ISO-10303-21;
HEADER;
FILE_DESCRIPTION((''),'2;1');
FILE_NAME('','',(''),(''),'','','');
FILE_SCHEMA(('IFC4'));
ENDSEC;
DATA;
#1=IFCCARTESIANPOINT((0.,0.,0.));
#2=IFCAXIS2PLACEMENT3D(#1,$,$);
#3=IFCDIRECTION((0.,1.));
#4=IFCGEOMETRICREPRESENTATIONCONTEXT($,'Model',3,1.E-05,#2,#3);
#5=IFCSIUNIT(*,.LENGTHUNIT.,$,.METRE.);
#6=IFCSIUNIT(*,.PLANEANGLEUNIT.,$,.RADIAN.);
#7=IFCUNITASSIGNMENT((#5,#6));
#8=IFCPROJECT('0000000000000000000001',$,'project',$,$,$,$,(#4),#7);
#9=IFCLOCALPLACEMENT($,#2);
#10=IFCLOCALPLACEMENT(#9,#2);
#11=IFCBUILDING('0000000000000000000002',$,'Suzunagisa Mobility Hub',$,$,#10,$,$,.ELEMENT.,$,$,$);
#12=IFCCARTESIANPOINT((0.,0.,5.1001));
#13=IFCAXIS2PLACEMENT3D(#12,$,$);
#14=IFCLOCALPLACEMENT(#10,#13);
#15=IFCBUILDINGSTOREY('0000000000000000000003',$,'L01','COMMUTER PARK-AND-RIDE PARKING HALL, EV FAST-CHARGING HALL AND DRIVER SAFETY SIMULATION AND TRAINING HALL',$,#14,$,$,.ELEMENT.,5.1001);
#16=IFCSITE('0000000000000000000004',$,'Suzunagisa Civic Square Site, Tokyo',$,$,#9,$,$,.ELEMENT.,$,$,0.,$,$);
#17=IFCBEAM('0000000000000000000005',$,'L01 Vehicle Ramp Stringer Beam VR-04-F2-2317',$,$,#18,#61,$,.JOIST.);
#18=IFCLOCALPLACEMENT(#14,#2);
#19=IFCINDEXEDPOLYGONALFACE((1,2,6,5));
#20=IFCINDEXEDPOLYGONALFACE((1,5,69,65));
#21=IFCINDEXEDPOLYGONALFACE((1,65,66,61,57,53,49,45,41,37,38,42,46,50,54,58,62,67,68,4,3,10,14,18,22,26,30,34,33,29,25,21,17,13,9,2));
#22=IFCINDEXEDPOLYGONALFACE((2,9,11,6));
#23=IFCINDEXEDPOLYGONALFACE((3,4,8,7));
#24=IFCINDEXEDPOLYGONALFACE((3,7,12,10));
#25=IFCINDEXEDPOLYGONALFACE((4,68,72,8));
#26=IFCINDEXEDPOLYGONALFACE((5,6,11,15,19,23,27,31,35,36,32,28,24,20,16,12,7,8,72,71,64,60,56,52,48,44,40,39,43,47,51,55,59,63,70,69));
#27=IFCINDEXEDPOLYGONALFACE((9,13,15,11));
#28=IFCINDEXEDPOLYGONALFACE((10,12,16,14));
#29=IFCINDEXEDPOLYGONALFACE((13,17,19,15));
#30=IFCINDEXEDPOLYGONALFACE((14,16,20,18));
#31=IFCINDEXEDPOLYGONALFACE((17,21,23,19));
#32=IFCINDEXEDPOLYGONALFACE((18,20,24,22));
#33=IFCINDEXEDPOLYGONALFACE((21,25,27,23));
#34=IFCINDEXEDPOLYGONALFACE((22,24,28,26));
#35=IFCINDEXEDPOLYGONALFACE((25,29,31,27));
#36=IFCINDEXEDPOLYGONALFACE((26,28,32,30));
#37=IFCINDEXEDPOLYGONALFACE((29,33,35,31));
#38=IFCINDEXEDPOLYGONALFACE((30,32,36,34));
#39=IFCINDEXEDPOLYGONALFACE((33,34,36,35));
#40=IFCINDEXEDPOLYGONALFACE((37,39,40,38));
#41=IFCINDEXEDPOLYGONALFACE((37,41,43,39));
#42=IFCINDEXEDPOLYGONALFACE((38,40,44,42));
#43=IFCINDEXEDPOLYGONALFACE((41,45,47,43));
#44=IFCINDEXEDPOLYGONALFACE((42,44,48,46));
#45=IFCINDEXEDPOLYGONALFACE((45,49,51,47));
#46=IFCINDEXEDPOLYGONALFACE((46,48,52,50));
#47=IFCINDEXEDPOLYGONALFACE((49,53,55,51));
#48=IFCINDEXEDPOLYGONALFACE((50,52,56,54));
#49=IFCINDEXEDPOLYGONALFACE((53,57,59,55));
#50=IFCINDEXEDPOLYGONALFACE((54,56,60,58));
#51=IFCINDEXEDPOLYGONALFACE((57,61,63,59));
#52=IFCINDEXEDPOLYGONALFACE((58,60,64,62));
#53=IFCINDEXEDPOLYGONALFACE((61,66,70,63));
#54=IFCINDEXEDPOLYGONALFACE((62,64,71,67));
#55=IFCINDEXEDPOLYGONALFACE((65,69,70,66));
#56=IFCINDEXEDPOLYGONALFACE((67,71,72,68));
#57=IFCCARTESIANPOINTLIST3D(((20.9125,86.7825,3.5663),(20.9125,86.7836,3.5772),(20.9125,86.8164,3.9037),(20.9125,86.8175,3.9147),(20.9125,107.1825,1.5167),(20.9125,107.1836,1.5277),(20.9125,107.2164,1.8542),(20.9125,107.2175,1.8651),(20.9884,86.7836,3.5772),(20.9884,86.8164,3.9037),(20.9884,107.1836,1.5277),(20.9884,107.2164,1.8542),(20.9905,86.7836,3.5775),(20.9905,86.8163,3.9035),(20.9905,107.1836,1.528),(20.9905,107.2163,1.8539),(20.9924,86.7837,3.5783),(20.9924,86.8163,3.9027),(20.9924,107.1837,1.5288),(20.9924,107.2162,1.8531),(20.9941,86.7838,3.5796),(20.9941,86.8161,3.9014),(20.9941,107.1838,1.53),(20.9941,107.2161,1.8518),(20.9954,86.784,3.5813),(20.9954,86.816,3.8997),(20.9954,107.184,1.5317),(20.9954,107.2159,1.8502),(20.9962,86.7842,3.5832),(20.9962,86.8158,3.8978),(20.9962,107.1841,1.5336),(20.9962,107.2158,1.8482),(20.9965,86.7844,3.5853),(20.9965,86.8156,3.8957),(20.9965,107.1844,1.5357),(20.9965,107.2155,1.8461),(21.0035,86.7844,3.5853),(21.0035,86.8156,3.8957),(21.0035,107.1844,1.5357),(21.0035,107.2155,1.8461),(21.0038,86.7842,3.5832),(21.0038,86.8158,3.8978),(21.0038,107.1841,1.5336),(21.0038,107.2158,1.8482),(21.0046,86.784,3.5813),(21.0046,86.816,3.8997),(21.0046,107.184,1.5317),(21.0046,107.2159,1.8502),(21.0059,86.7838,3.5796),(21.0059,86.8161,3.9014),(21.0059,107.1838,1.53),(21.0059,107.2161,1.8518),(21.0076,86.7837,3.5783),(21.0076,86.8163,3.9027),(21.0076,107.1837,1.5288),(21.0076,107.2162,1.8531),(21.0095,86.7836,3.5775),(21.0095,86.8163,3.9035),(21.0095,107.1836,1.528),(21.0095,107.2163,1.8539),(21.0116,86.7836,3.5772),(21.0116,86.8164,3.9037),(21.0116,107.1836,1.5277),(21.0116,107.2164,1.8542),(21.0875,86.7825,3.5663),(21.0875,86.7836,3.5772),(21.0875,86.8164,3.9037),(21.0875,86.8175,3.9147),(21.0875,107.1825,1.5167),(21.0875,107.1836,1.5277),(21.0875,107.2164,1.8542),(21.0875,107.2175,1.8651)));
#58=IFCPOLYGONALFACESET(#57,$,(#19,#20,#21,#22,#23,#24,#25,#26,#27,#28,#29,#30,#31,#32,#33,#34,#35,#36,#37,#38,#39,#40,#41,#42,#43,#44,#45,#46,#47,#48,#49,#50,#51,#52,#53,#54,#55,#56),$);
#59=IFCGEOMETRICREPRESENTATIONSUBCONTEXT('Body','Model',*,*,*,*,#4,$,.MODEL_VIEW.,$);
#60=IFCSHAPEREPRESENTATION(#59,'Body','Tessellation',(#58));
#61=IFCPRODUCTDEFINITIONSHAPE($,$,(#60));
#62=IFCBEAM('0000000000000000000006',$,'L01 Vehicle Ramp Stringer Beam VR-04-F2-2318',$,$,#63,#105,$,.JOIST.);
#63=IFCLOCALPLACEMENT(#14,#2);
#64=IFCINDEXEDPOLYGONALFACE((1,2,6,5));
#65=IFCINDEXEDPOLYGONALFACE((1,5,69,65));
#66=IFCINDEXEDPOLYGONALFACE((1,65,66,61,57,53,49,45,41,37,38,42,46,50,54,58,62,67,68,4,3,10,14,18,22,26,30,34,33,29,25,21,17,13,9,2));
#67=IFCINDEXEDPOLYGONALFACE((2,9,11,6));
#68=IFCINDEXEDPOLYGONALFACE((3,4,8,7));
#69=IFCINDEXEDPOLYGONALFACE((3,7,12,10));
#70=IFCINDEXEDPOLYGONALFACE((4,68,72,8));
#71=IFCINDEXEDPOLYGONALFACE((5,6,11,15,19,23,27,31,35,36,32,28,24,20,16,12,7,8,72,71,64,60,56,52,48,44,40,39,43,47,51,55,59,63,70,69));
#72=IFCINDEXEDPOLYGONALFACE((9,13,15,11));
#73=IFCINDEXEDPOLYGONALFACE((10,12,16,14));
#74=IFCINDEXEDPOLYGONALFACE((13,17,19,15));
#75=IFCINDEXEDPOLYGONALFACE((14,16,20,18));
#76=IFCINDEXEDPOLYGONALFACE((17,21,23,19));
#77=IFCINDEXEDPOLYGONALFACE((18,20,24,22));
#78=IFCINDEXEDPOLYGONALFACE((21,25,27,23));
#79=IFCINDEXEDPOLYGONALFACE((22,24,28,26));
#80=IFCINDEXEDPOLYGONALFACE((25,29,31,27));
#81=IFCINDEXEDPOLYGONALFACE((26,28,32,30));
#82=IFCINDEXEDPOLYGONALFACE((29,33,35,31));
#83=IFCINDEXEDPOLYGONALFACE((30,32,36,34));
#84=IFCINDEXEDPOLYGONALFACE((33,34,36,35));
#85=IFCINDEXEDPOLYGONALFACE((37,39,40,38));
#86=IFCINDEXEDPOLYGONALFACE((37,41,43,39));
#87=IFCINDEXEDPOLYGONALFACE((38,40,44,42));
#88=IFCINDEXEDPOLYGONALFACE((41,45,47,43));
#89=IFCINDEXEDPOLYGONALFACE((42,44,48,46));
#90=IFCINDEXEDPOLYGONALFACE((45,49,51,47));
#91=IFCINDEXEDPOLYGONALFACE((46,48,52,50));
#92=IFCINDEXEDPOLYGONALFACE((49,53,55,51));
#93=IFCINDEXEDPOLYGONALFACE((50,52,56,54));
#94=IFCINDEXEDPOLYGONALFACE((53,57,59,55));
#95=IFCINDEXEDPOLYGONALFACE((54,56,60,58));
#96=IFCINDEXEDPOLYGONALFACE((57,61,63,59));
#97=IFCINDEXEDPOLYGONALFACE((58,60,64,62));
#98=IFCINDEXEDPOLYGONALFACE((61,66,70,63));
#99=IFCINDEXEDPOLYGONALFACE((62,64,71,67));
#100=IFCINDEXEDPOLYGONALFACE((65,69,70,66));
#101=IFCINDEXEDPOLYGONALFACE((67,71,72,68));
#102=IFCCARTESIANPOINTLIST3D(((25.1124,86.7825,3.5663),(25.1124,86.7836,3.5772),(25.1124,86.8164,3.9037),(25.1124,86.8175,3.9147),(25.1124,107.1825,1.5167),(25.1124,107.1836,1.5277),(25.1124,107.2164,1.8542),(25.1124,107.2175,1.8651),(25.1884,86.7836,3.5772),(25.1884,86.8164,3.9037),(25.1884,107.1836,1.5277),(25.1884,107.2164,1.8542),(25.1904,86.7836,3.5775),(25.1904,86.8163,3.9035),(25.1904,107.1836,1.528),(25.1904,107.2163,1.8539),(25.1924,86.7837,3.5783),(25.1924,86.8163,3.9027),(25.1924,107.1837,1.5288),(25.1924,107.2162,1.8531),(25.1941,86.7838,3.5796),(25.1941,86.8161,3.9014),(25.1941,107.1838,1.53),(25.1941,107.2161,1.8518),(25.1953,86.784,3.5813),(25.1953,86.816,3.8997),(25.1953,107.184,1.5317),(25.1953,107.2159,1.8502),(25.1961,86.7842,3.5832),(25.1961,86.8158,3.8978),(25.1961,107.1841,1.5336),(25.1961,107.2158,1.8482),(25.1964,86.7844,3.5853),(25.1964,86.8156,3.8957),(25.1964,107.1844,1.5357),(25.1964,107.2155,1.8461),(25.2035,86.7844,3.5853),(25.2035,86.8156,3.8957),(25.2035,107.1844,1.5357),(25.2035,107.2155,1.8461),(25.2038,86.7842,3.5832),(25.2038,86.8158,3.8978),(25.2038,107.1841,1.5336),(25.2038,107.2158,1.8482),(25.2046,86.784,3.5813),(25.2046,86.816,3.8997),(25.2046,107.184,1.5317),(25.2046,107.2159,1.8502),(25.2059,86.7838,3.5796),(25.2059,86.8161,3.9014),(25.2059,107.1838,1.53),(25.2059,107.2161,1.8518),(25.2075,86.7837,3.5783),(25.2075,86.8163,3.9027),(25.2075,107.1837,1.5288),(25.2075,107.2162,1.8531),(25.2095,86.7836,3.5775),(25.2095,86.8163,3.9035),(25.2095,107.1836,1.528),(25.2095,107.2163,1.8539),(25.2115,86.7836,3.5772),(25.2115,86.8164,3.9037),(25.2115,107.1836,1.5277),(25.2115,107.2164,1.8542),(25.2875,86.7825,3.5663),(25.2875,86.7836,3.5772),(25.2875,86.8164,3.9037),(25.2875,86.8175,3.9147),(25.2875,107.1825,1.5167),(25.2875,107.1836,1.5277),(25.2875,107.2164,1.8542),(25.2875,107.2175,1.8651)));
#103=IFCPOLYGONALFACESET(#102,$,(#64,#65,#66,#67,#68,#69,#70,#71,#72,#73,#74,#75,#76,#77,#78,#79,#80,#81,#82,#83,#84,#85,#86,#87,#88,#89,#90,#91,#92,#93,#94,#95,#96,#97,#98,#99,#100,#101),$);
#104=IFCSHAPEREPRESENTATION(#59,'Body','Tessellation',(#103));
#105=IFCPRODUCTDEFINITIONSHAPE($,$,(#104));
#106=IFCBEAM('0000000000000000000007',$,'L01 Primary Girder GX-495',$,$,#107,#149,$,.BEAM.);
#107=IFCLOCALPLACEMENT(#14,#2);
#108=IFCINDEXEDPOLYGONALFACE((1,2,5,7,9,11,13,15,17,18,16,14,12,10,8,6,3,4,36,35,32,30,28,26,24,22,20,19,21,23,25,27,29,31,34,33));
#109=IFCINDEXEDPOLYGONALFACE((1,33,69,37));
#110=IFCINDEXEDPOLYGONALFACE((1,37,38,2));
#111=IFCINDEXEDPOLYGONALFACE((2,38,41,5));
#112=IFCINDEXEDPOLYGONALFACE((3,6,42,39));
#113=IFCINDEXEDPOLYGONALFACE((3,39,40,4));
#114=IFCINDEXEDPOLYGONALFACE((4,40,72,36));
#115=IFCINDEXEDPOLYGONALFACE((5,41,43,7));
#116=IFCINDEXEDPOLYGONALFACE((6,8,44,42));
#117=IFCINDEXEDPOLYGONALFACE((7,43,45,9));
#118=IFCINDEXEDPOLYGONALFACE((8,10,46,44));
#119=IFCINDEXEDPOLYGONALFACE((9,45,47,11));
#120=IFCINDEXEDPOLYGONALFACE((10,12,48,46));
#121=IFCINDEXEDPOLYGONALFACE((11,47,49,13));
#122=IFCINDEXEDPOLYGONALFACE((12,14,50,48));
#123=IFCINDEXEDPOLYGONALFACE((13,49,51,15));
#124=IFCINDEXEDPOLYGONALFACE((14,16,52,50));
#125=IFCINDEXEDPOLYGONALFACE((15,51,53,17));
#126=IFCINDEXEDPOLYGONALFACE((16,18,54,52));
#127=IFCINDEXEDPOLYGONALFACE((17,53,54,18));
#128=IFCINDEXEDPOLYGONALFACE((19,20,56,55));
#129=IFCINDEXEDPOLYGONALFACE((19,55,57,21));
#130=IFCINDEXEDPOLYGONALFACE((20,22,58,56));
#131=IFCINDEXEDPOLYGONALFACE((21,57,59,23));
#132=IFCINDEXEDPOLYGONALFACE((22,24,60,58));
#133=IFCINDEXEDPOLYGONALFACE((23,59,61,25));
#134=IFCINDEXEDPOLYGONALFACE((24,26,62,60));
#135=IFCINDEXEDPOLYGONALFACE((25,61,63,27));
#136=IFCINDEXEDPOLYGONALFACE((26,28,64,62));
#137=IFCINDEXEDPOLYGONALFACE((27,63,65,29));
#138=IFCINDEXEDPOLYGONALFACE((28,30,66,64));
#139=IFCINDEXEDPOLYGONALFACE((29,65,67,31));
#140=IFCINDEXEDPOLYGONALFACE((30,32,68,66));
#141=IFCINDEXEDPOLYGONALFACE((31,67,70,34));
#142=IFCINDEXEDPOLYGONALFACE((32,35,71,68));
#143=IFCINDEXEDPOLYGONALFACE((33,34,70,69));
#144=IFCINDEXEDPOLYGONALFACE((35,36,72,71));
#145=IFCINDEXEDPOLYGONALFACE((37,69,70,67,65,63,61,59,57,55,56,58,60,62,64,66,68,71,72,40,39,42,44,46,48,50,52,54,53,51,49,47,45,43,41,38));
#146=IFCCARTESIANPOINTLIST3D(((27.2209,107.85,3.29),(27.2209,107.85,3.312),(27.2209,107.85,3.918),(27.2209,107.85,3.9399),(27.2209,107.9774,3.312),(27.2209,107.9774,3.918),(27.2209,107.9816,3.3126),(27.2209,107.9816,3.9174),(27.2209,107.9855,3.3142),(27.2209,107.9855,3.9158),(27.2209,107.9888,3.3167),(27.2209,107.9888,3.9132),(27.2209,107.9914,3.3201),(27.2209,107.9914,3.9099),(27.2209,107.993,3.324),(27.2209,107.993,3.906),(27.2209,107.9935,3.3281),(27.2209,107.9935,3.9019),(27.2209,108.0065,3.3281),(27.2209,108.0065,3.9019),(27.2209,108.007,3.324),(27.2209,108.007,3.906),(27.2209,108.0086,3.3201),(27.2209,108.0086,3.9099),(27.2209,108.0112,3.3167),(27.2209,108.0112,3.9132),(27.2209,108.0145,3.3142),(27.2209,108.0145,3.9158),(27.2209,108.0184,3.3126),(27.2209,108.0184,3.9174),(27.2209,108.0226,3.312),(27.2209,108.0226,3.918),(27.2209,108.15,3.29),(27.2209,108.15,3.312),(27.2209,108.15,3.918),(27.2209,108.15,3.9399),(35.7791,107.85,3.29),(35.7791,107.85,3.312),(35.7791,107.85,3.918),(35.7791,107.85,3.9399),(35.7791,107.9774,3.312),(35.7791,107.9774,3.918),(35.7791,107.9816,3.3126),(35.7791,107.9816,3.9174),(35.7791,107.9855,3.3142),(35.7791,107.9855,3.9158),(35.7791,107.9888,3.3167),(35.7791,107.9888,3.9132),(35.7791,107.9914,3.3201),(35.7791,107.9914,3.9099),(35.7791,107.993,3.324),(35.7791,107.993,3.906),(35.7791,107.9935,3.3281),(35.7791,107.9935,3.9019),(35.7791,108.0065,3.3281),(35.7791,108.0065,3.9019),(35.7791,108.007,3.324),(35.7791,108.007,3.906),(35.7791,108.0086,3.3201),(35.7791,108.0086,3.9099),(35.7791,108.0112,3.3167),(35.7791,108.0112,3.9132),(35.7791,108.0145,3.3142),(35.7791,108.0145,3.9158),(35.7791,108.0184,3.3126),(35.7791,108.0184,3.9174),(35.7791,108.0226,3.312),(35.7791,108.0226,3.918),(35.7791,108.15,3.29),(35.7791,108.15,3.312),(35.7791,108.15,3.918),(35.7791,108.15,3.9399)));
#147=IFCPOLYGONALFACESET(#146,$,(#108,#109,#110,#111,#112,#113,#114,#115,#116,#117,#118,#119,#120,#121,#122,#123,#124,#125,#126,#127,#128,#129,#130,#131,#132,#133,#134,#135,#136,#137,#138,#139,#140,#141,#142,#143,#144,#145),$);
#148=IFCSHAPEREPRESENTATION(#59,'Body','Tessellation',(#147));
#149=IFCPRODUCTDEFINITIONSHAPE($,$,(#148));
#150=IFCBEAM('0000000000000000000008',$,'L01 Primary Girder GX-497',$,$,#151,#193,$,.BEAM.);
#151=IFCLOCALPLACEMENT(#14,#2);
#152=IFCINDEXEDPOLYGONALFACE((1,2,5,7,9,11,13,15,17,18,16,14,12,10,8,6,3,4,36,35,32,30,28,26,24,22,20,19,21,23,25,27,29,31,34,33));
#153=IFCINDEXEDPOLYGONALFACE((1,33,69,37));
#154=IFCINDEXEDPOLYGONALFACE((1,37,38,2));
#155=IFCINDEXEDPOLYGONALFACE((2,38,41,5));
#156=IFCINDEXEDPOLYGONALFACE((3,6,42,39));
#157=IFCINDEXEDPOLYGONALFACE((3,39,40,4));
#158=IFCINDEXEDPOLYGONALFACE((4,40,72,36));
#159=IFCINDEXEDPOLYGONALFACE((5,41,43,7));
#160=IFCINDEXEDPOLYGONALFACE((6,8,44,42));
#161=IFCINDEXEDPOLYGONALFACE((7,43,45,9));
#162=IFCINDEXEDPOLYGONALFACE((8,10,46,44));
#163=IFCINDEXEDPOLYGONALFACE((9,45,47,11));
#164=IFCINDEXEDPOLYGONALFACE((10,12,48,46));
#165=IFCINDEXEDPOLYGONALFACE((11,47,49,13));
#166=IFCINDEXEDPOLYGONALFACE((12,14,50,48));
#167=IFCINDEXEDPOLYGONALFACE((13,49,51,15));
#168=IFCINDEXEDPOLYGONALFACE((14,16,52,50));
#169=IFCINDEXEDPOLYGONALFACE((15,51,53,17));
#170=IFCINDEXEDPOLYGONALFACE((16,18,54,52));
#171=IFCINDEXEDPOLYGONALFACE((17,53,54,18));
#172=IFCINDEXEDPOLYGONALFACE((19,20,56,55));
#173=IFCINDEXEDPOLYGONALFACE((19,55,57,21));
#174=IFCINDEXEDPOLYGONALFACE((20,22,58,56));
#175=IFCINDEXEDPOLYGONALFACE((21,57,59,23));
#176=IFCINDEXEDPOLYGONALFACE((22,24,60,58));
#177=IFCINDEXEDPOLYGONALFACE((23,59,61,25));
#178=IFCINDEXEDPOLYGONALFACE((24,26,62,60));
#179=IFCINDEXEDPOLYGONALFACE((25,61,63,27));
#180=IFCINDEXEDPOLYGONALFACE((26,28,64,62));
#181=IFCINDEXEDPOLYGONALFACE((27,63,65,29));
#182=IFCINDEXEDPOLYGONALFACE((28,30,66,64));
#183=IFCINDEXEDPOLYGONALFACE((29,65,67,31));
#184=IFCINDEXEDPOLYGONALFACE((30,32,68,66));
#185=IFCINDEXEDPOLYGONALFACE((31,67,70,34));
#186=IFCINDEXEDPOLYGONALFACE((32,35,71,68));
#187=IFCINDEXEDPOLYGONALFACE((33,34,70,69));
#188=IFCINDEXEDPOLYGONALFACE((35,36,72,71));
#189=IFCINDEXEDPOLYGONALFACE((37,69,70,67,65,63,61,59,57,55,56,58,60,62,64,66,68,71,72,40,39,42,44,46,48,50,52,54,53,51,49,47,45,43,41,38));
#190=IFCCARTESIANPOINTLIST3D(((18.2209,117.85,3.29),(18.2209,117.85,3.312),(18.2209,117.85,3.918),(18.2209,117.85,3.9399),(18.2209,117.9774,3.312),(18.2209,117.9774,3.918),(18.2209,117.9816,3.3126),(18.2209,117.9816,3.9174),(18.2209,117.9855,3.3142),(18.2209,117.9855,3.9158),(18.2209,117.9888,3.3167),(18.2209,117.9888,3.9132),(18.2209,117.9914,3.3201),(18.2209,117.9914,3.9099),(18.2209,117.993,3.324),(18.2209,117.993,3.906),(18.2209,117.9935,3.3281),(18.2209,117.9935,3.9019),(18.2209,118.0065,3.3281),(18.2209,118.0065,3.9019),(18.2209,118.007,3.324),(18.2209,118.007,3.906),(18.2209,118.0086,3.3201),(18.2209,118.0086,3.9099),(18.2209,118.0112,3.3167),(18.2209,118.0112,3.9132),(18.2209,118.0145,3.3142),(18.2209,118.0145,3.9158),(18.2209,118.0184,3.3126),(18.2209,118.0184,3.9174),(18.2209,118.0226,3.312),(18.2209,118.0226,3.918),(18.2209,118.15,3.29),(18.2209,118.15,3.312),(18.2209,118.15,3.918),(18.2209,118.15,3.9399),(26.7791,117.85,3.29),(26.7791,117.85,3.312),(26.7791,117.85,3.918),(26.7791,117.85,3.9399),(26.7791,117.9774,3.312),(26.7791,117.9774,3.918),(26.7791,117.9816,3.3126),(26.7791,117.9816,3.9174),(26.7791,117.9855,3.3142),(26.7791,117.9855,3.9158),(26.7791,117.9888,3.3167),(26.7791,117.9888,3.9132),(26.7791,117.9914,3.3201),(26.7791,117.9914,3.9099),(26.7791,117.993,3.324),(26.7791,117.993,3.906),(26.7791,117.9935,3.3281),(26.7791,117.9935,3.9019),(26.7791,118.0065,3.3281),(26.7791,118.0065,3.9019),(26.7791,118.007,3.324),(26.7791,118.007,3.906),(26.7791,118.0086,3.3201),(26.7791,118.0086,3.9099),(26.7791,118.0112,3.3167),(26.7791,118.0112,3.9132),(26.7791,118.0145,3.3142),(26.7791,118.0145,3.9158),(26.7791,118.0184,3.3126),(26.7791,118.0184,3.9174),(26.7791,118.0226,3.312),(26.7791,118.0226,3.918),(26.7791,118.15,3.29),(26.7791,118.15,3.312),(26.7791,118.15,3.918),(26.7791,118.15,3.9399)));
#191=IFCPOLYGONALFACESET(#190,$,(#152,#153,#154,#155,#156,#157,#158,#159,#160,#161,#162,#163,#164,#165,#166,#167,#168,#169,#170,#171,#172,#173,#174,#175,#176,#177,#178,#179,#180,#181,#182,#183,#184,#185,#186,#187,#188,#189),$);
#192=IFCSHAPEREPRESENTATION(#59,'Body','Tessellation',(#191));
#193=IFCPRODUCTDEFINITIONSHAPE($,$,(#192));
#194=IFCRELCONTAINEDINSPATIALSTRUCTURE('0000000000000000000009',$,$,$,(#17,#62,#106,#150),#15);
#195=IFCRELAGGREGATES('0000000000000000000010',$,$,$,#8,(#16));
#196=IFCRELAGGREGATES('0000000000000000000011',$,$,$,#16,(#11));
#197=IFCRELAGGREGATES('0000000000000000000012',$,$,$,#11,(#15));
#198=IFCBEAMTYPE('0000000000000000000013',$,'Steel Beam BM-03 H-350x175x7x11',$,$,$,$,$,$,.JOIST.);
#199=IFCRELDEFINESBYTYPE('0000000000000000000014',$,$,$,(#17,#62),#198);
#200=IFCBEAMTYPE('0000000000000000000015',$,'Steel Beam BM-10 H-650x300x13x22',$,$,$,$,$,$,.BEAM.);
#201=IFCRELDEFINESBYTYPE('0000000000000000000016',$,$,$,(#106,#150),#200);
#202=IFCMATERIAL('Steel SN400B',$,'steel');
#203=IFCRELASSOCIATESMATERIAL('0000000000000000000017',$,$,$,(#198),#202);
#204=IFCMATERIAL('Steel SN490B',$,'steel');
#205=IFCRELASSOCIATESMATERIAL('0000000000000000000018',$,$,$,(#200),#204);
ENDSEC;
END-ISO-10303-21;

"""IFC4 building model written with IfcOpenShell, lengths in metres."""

from ifc_helpers import new_model, si_unit, direction, frame, origin, origin_2d, place, context, subcontext, project, spatial, i_section, extrude, material, material_profile, profile_set, type_object, element, save


model = new_model("IFC4")

# Units and contexts
model_context = context("Model", 3, precision=1e-05, world=origin(), true_north=direction((0.0, 1.0)))
body_context = subcontext(model_context, "Body", "Model", "MODEL_VIEW")
ifc_project = project(units=[si_unit("LENGTHUNIT", "METRE"), si_unit("PLANEANGLEUNIT", "RADIAN")], contexts=[model_context])

# Site, building, storey
site_placement = place(None, origin())
site = spatial("IfcSite", under=ifc_project, at=site_placement, Name="Suzunagisa Civic Square Site, Tokyo", CompositionType="ELEMENT", RefElevation=0.0)
building_placement = place(site_placement, origin())
building = spatial("IfcBuilding", under=site, at=building_placement, Name="Suzunagisa Mobility Hub", CompositionType="ELEMENT")
storey_placement = place(building_placement, frame((0.0, 0.0, 5.1001)))
storey = spatial("IfcBuildingStorey", under=building, at=storey_placement, Name="L01", Description="COMMUTER PARK-AND-RIDE PARKING HALL, EV FAST-CHARGING HALL AND DRIVER SAFETY SIMULATION AND TRAINING HALL", CompositionType="ELEMENT", Elevation=5.1001)

# Shared definitions
ifc_material_1 = material(Name="Steel SN490B", Category="steel")

# Beams
ifc_material_2 = material(Name="Steel SN400B", Category="steel")
ifc_material_profile_1 = material_profile(ifc_material_2, i_section(OverallWidth=0.175, OverallDepth=0.3501, WebThickness=0.0071, FlangeThickness=0.011, FilletRadius=0.0081, at=origin_2d()), Name="H-350x175x7x11")
ifc_profile_set_1 = profile_set([ifc_material_profile_1], Name="Steel SN400B")
beam_type_1 = type_object("IfcBeamType", Name="Steel Beam BM-03 H-350x175x7x11", PredefinedType="JOIST", material=ifc_profile_set_1)
for number, where, z_axis, x_axis, name in (
    (1, (21.0, 107.2, 1.6909), (0.0, -0.994991, 0.099966), (1.0, 0.0, 0.0), "L01 Vehicle Ramp Stringer Beam VR-04-F2-2317"),
    (2, (25.2, 107.2, 1.6909), (0.0, -0.994991, 0.099966), (1.0, 0.0, 0.0), "L01 Vehicle Ramp Stringer Beam VR-04-F2-2318"),
):
    element("IfcBeam", number, at=place(storey_placement, frame(where, z_axis=z_axis, x_axis=x_axis)), inside=storey, type_object=beam_type_1, Name=name, PredefinedType="JOIST", context=body_context, shape_type="SweptSolid", body=[
        extrude(i_section(OverallWidth=0.175, OverallDepth=0.3501, WebThickness=0.0071, FlangeThickness=0.011, FilletRadius=0.0081, at=origin_2d()), origin(), (0.0, 0.0, 1.0), 20.5027),
    ])
ifc_material_profile_2 = material_profile(ifc_material_1, i_section(OverallWidth=0.3, OverallDepth=0.6499, WebThickness=0.0129, FlangeThickness=0.022, FilletRadius=0.0161, at=origin_2d()), Name="H-650x300x13x22")
ifc_profile_set_2 = profile_set([ifc_material_profile_2], Name="Steel SN490B")
beam_type_2 = type_object("IfcBeamType", Name="Steel Beam BM-10 H-650x300x13x22", PredefinedType="BEAM", material=ifc_profile_set_2)
for number, where, z_axis, x_axis, name in (
    (3, (27.2209, 108.0, 3.615), (1.0, 0.0, 0.0), (0.0, 1.0, 0.0), "L01 Primary Girder GX-495"),
    (4, (18.2209, 118.0, 3.615), (1.0, 0.0, 0.0), (0.0, 1.0, 0.0), "L01 Primary Girder GX-497"),
):
    element("IfcBeam", number, at=place(storey_placement, frame(where, z_axis=z_axis, x_axis=x_axis)), inside=storey, type_object=beam_type_2, Name=name, PredefinedType="BEAM", context=body_context, shape_type="SweptSolid", body=[
        extrude(i_section(OverallWidth=0.3, OverallDepth=0.6499, WebThickness=0.0129, FlangeThickness=0.022, FilletRadius=0.0161, at=origin_2d()), origin(), (0.0, 0.0, 1.0), 8.5581),
    ])

save(model, "model.ifc")
